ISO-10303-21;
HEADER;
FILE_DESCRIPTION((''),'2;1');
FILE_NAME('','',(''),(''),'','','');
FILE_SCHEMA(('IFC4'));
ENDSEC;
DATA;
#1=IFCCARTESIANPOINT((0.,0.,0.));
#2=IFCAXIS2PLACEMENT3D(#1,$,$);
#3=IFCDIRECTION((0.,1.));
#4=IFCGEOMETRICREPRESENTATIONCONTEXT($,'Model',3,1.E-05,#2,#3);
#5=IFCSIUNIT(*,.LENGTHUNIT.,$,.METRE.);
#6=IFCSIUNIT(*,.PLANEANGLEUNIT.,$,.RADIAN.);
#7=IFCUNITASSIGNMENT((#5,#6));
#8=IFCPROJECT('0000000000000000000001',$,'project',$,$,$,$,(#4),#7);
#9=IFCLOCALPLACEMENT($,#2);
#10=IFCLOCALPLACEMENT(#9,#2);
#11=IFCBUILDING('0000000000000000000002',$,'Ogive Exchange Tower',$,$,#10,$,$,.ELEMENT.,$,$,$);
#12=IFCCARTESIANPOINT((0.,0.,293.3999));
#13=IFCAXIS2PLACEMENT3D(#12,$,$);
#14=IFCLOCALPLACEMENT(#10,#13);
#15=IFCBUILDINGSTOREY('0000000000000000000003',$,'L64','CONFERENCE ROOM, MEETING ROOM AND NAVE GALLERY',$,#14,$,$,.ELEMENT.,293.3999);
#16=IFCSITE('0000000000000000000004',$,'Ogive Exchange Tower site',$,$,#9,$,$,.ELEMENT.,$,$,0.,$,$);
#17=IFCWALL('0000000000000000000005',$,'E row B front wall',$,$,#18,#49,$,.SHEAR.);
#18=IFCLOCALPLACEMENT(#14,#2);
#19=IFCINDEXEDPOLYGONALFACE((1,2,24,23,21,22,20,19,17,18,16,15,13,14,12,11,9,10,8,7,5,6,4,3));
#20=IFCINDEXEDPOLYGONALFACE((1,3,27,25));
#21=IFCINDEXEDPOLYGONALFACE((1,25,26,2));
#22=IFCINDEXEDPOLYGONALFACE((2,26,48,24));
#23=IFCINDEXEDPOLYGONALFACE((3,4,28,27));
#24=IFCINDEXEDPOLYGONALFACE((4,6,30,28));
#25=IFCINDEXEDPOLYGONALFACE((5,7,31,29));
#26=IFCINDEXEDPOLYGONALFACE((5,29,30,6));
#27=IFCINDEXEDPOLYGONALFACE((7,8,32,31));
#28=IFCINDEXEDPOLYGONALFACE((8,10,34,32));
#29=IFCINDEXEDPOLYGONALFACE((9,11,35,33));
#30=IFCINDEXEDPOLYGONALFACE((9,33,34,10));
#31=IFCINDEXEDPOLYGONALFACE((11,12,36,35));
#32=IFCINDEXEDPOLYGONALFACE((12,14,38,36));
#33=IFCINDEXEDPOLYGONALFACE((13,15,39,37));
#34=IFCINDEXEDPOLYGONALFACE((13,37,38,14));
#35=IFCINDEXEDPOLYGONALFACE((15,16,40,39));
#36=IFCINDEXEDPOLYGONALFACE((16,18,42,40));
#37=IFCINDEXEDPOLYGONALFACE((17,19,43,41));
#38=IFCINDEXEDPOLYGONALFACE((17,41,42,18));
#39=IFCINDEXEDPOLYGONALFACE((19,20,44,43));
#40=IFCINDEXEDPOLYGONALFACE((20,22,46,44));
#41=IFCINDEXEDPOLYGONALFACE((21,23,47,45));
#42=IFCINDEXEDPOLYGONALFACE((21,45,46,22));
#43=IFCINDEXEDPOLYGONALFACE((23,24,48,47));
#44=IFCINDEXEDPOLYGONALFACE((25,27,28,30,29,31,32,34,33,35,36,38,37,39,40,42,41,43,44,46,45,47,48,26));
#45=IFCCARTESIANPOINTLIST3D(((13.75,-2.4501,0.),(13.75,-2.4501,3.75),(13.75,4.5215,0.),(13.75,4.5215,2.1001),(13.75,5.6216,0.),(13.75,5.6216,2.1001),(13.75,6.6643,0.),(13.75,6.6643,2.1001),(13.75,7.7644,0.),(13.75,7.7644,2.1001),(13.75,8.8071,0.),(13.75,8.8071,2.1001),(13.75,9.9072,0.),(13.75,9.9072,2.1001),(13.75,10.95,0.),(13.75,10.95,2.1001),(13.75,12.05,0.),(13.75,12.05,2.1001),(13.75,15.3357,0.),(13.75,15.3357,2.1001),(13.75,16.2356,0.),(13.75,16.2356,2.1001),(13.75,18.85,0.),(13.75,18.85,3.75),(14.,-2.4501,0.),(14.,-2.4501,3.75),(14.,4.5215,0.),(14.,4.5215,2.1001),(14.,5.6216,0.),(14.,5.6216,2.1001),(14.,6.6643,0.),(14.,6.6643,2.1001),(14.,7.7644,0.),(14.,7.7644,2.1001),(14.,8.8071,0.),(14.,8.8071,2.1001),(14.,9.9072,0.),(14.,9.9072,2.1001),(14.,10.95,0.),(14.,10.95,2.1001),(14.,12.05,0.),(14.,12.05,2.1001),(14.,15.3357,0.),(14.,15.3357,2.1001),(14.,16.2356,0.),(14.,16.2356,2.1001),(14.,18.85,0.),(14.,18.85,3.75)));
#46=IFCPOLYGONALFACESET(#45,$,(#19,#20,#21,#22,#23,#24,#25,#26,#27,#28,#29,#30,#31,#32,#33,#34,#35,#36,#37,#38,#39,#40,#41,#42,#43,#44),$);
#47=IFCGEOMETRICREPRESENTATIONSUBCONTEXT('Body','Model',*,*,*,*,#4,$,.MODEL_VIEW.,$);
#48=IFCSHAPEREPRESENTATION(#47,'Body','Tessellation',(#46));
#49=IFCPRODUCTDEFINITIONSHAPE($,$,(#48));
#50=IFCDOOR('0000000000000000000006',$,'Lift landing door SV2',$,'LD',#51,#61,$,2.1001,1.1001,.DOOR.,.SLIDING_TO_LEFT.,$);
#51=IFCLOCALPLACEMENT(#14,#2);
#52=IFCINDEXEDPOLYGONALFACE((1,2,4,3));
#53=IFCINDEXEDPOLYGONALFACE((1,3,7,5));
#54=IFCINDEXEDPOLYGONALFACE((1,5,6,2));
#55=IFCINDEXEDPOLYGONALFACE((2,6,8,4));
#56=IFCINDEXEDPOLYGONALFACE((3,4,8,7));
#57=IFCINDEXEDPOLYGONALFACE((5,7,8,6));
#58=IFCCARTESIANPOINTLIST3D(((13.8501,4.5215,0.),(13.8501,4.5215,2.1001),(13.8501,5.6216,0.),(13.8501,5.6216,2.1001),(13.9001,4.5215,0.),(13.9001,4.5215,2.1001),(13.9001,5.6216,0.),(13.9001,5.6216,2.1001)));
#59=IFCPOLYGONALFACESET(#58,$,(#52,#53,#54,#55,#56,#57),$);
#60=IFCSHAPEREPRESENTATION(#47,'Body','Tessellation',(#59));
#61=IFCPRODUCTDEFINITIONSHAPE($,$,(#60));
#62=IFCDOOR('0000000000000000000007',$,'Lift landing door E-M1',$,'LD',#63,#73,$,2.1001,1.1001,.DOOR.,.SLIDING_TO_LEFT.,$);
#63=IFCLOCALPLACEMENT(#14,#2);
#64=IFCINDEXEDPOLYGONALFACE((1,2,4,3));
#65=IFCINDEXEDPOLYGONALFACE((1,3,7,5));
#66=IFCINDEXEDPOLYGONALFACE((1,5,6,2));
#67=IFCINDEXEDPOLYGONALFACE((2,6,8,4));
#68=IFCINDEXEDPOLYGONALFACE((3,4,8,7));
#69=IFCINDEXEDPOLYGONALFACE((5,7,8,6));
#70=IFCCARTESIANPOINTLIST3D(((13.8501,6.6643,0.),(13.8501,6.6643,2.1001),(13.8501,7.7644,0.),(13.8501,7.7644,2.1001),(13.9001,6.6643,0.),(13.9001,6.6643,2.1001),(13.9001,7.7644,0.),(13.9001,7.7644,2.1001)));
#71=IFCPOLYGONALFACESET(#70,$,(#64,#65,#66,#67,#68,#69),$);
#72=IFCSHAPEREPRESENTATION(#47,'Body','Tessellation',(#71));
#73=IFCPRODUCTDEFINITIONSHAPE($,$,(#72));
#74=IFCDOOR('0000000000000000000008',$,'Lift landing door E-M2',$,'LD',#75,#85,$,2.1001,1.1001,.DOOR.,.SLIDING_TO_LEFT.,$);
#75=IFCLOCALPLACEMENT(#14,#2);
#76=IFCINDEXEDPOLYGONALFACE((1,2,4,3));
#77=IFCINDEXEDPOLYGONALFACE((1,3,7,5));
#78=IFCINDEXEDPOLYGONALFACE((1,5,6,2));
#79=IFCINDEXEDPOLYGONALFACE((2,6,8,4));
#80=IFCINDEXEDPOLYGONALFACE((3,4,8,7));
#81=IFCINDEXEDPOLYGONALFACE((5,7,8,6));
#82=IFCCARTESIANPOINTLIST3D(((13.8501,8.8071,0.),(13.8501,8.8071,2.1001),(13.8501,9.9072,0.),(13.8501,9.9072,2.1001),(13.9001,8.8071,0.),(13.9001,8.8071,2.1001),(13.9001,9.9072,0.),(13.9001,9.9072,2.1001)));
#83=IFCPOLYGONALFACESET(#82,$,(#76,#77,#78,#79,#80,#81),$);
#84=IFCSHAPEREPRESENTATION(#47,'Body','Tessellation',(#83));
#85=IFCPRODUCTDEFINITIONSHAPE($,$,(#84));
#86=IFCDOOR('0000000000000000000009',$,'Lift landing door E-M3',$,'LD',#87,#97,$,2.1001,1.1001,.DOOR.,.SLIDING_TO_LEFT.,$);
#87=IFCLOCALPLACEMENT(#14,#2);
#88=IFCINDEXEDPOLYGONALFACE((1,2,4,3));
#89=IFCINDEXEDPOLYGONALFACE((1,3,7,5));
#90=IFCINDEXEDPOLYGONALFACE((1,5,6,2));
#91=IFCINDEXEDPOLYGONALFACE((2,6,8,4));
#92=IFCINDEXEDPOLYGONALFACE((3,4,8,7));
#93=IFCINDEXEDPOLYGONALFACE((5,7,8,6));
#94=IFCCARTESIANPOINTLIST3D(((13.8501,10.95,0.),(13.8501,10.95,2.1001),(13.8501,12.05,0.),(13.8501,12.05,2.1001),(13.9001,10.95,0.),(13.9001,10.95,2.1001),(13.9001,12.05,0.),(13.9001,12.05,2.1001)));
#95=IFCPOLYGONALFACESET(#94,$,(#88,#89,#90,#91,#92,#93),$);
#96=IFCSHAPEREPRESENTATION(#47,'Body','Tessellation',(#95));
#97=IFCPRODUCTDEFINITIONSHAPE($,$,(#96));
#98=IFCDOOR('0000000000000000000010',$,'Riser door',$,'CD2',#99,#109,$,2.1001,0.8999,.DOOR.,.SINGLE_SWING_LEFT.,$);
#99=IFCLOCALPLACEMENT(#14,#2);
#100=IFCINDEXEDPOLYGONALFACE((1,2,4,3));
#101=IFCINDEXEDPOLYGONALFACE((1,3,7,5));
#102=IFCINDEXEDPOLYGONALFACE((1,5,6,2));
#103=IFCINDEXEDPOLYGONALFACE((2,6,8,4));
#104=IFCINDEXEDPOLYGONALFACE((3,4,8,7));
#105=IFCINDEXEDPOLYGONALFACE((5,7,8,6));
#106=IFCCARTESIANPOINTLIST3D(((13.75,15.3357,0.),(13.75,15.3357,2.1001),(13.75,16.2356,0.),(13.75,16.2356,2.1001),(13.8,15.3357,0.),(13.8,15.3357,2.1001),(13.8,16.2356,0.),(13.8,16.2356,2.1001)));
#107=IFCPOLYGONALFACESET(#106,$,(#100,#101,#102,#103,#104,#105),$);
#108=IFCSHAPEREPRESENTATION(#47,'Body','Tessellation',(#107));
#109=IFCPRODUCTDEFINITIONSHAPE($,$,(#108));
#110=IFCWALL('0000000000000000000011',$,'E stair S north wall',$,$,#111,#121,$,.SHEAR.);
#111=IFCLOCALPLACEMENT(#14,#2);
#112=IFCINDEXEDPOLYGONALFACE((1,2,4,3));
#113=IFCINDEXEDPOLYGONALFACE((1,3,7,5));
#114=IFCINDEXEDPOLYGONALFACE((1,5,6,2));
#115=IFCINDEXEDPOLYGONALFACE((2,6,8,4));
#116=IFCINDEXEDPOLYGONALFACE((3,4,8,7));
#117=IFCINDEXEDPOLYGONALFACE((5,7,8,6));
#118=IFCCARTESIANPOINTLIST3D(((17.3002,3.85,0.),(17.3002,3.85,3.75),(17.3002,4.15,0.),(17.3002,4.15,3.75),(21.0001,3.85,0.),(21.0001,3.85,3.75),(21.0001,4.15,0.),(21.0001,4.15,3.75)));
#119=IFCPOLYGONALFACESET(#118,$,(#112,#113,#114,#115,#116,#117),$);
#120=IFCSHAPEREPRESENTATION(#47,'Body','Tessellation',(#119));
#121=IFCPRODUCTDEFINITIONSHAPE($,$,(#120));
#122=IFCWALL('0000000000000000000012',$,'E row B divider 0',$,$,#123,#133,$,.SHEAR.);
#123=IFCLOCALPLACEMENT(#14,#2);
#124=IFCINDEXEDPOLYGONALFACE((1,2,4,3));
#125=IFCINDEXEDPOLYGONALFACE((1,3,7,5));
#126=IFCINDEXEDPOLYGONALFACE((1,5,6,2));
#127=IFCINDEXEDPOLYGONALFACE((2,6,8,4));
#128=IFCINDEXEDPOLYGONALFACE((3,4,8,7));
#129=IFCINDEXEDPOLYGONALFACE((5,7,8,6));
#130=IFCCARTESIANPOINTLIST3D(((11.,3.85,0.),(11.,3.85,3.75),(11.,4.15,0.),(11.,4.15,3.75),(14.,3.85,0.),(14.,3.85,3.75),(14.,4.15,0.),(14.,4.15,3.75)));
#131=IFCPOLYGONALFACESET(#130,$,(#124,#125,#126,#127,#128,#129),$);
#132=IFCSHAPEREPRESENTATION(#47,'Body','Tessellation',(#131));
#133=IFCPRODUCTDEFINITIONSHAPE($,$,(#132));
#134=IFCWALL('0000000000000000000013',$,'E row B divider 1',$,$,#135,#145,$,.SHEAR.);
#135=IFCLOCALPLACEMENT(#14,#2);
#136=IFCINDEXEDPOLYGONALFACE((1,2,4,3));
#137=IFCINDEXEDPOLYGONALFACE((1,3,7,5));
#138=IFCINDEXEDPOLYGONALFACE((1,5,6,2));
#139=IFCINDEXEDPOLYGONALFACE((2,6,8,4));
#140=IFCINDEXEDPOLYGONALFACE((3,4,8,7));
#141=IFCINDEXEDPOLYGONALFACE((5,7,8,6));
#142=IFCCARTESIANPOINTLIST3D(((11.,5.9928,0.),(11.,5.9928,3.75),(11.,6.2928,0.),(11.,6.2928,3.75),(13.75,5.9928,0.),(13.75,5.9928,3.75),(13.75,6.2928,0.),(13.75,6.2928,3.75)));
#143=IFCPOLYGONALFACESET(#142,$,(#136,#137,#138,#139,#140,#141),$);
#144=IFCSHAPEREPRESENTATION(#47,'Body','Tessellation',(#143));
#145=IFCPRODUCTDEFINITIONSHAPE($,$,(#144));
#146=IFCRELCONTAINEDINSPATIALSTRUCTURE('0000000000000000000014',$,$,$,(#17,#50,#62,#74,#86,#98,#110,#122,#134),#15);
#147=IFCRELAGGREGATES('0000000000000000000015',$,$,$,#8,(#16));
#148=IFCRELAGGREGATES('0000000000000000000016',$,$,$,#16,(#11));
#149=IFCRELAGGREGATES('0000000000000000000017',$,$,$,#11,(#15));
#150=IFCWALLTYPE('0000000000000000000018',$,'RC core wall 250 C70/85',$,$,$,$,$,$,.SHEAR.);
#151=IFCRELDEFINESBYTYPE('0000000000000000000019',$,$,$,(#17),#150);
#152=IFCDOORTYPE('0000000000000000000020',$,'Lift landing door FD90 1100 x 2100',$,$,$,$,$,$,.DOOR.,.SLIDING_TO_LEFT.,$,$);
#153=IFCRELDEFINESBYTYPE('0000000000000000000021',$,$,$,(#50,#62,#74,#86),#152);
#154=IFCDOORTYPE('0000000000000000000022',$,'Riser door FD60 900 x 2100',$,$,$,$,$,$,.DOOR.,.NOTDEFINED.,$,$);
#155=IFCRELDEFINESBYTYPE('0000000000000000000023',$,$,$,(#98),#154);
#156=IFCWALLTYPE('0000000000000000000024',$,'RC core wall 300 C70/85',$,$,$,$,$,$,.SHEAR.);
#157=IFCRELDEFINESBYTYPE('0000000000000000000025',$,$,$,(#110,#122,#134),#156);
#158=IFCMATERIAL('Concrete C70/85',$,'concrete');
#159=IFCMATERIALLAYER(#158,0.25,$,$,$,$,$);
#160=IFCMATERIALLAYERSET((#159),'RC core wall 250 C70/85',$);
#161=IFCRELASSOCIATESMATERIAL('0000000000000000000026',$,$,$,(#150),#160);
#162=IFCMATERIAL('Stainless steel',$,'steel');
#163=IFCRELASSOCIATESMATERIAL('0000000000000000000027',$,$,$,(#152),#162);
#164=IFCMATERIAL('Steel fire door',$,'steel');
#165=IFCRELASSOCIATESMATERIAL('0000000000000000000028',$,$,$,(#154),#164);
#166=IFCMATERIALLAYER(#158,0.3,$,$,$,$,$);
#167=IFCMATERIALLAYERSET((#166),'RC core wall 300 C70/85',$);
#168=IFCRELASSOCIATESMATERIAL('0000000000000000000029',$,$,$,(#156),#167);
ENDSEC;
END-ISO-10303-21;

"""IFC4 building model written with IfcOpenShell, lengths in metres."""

from ifc_helpers import new_model, si_unit, direction, frame, frame_2d, origin, place, context, subcontext, project, spatial, rectangle, extrude, material, layer, layer_set, type_object, element, fill, save


model = new_model("IFC4")

# Units and contexts
model_context = context("Model", 3, precision=1e-05, world=origin(), true_north=direction((0.0, 1.0)))
body_context = subcontext(model_context, "Body", "Model", "MODEL_VIEW")
ifc_project = project(units=[si_unit("LENGTHUNIT", "METRE"), si_unit("PLANEANGLEUNIT", "RADIAN")], contexts=[model_context])

# Site, building, storey
site_placement = place(None, origin())
site = spatial("IfcSite", under=ifc_project, at=site_placement, Name="Ogive Exchange Tower site", CompositionType="ELEMENT", RefElevation=0.0)
building_placement = place(site_placement, origin())
building = spatial("IfcBuilding", under=site, at=building_placement, Name="Ogive Exchange Tower", CompositionType="ELEMENT")
storey_placement = place(building_placement, frame((0.0, 0.0, 293.3999)))
storey = spatial("IfcBuildingStorey", under=building, at=storey_placement, Name="L64", Description="CONFERENCE ROOM, MEETING ROOM AND NAVE GALLERY", CompositionType="ELEMENT", Elevation=293.3999)

# Shared definitions
ifc_material_1 = material(Name="Concrete C70/85", Category="concrete")
ifc_material_2 = material(Name="Steel fire door", Category="steel")
ifc_layer_1 = layer(ifc_material_1, 0.25)
ifc_layer_set_1 = layer_set([ifc_layer_1], Name="RC core wall 250 C70/85")
wall_type_1 = type_object("IfcWallType", Name="RC core wall 250 C70/85", PredefinedType="SHEAR", material=ifc_layer_set_1)

# Wall, openings, doors
ifc_material_3 = material(Name="Stainless steel", Category="steel")
door_type_1 = type_object("IfcDoorType", Name="Lift landing door FD90 1100 x 2100", OperationType="SLIDING_TO_LEFT", PredefinedType="DOOR", material=ifc_material_3)
door_type_2 = type_object("IfcDoorType", Name="Riser door FD60 900 x 2100", OperationType="NOTDEFINED", PredefinedType="DOOR", material=ifc_material_2)
wall_1_placement = place(storey_placement, frame((13.875, -2.45, 0.0), z_axis=(0.0, 0.0, 1.0), x_axis=(0.0, 1.0, 0.0)))
wall_1 = element("IfcWall", 1, at=wall_1_placement, inside=storey, type_object=wall_type_1, Name="E row B front wall", PredefinedType="SHEAR", context=body_context, shape_type="SweptSolid", body=[
    extrude(rectangle(XDim=21.3, YDim=0.25, at=frame_2d((10.6499, 0.0))), origin(), (0.0, 0.0, 1.0), 3.75),
])
opening_1_placement = place(wall_1_placement, frame((17.7856, 0.0, 0.0)))
opening_1 = element("IfcOpeningElement", 2, at=opening_1_placement, cuts=wall_1, PredefinedType="OPENING", context=body_context, shape_type="SweptSolid", body=[
    extrude(rectangle(XDim=0.8999, YDim=2.1001, at=frame_2d((0.45, 1.05))), frame((0.0, 0.135, 0.0), z_axis=(0.0, -1.0, 0.0), x_axis=(1.0, 0.0, 0.0)), (0.0, 0.0, 1.0), 0.27),
])
opening_2_placement = place(wall_1_placement, frame((6.9714, 0.0, 0.0)))
opening_2 = element("IfcOpeningElement", 3, at=opening_2_placement, cuts=wall_1, PredefinedType="OPENING", context=body_context, shape_type="SweptSolid", body=[
    extrude(rectangle(XDim=1.1001, YDim=2.1001, at=frame_2d((0.55, 1.05))), frame((0.0, 0.135, 0.0), z_axis=(0.0, -1.0, 0.0), x_axis=(1.0, 0.0, 0.0)), (0.0, 0.0, 1.0), 0.27),
])
opening_3_placement = place(wall_1_placement, frame((9.1143, 0.0, 0.0)))
opening_3 = element("IfcOpeningElement", 4, at=opening_3_placement, cuts=wall_1, PredefinedType="OPENING", context=body_context, shape_type="SweptSolid", body=[
    extrude(rectangle(XDim=1.1001, YDim=2.1001, at=frame_2d((0.55, 1.05))), frame((0.0, 0.135, 0.0), z_axis=(0.0, -1.0, 0.0), x_axis=(1.0, 0.0, 0.0)), (0.0, 0.0, 1.0), 0.27),
])
opening_4_placement = place(wall_1_placement, frame((11.2571, 0.0, 0.0)))
opening_4 = element("IfcOpeningElement", 5, at=opening_4_placement, cuts=wall_1, PredefinedType="OPENING", context=body_context, shape_type="SweptSolid", body=[
    extrude(rectangle(XDim=1.1001, YDim=2.1001, at=frame_2d((0.55, 1.05))), frame((0.0, 0.135, 0.0), z_axis=(0.0, -1.0, 0.0), x_axis=(1.0, 0.0, 0.0)), (0.0, 0.0, 1.0), 0.27),
])
opening_5_placement = place(wall_1_placement, frame((13.3999, 0.0, 0.0)))
opening_5 = element("IfcOpeningElement", 6, at=opening_5_placement, cuts=wall_1, PredefinedType="OPENING", context=body_context, shape_type="SweptSolid", body=[
    extrude(rectangle(XDim=1.1001, YDim=2.1001, at=frame_2d((0.55, 1.05))), frame((0.0, 0.135, 0.0), z_axis=(0.0, -1.0, 0.0), x_axis=(1.0, 0.0, 0.0)), (0.0, 0.0, 1.0), 0.27),
])
door_1_placement = place(opening_2_placement, origin())
door_1 = element("IfcDoor", 7, at=door_1_placement, inside=storey, type_object=door_type_1, Name="Lift landing door SV2", ObjectType="LD", OperationType="SLIDING_TO_LEFT", OverallHeight=2.1001, OverallWidth=1.1001, PredefinedType="DOOR", context=body_context, shape_type="SweptSolid", body=[
    extrude(rectangle(XDim=1.1001, YDim=2.1001, at=frame_2d((0.55, 1.05))), frame((0.0, 0.0249, 0.0), z_axis=(0.0, -1.0, 0.0), x_axis=(1.0, 0.0, 0.0)), (0.0, 0.0, 1.0), 0.05),
])
fill(opening_2, door_1)
door_2_placement = place(opening_3_placement, origin())
door_2 = element("IfcDoor", 8, at=door_2_placement, inside=storey, type_object=door_type_1, Name="Lift landing door E-M1", ObjectType="LD", OperationType="SLIDING_TO_LEFT", OverallHeight=2.1001, OverallWidth=1.1001, PredefinedType="DOOR", context=body_context, shape_type="SweptSolid", body=[
    extrude(rectangle(XDim=1.1001, YDim=2.1001, at=frame_2d((0.55, 1.05))), frame((0.0, 0.0249, 0.0), z_axis=(0.0, -1.0, 0.0), x_axis=(1.0, 0.0, 0.0)), (0.0, 0.0, 1.0), 0.05),
])
fill(opening_3, door_2)
door_3_placement = place(opening_4_placement, origin())
door_3 = element("IfcDoor", 9, at=door_3_placement, inside=storey, type_object=door_type_1, Name="Lift landing door E-M2", ObjectType="LD", OperationType="SLIDING_TO_LEFT", OverallHeight=2.1001, OverallWidth=1.1001, PredefinedType="DOOR", context=body_context, shape_type="SweptSolid", body=[
    extrude(rectangle(XDim=1.1001, YDim=2.1001, at=frame_2d((0.55, 1.05))), frame((0.0, 0.0249, 0.0), z_axis=(0.0, -1.0, 0.0), x_axis=(1.0, 0.0, 0.0)), (0.0, 0.0, 1.0), 0.05),
])
fill(opening_4, door_3)
door_4_placement = place(opening_5_placement, origin())
door_4 = element("IfcDoor", 10, at=door_4_placement, inside=storey, type_object=door_type_1, Name="Lift landing door E-M3", ObjectType="LD", OperationType="SLIDING_TO_LEFT", OverallHeight=2.1001, OverallWidth=1.1001, PredefinedType="DOOR", context=body_context, shape_type="SweptSolid", body=[
    extrude(rectangle(XDim=1.1001, YDim=2.1001, at=frame_2d((0.55, 1.05))), frame((0.0, 0.0249, 0.0), z_axis=(0.0, -1.0, 0.0), x_axis=(1.0, 0.0, 0.0)), (0.0, 0.0, 1.0), 0.05),
])
fill(opening_5, door_4)
door_5_placement = place(opening_1_placement, origin())
door_5 = element("IfcDoor", 11, at=door_5_placement, inside=storey, type_object=door_type_2, Name="Riser door", ObjectType="CD2", OperationType="SINGLE_SWING_LEFT", OverallHeight=2.1001, OverallWidth=0.8999, PredefinedType="DOOR", context=body_context, shape_type="SweptSolid", body=[
    extrude(rectangle(XDim=0.8999, YDim=2.1001, at=frame_2d((0.45, 1.05))), frame((0.0, 0.125, 0.0), z_axis=(0.0, -1.0, 0.0), x_axis=(1.0, 0.0, 0.0)), (0.0, 0.0, 1.0), 0.05),
])
fill(opening_1, door_5)

# Walls
ifc_layer_2 = layer(ifc_material_1, 0.3)
ifc_layer_set_2 = layer_set([ifc_layer_2], Name="RC core wall 300 C70/85")
wall_type_2 = type_object("IfcWallType", Name="RC core wall 300 C70/85", PredefinedType="SHEAR", material=ifc_layer_set_2)
wall_2_placement = place(storey_placement, frame((17.3, 4.0, 0.0), z_axis=(0.0, 0.0, 1.0), x_axis=(1.0, 0.0, 0.0)))
element("IfcWall", 12, at=wall_2_placement, inside=storey, type_object=wall_type_2, Name="E stair S north wall", PredefinedType="SHEAR", context=body_context, shape_type="SweptSolid", body=[
    extrude(rectangle(XDim=3.7, YDim=0.3, at=frame_2d((1.8501, 0.0))), origin(), (0.0, 0.0, 1.0), 3.75),
])
wall_3_placement = place(storey_placement, frame((11.0, 4.0, 0.0), z_axis=(0.0, 0.0, 1.0), x_axis=(1.0, 0.0, 0.0)))
element("IfcWall", 13, at=wall_3_placement, inside=storey, type_object=wall_type_2, Name="E row B divider 0", PredefinedType="SHEAR", context=body_context, shape_type="SweptSolid", body=[
    extrude(rectangle(XDim=3.0, YDim=0.3, at=frame_2d((1.5, 0.0))), origin(), (0.0, 0.0, 1.0), 3.75),
])
wall_4_placement = place(storey_placement, frame((11.0, 6.1428, 0.0), z_axis=(0.0, 0.0, 1.0), x_axis=(1.0, 0.0, 0.0)))
element("IfcWall", 14, at=wall_4_placement, inside=storey, type_object=wall_type_2, Name="E row B divider 1", PredefinedType="SHEAR", context=body_context, shape_type="SweptSolid", body=[
    extrude(rectangle(XDim=2.75, YDim=0.3, at=frame_2d((1.375, 0.0))), origin(), (0.0, 0.0, 1.0), 3.75),
])

save(model, "model.ifc")
